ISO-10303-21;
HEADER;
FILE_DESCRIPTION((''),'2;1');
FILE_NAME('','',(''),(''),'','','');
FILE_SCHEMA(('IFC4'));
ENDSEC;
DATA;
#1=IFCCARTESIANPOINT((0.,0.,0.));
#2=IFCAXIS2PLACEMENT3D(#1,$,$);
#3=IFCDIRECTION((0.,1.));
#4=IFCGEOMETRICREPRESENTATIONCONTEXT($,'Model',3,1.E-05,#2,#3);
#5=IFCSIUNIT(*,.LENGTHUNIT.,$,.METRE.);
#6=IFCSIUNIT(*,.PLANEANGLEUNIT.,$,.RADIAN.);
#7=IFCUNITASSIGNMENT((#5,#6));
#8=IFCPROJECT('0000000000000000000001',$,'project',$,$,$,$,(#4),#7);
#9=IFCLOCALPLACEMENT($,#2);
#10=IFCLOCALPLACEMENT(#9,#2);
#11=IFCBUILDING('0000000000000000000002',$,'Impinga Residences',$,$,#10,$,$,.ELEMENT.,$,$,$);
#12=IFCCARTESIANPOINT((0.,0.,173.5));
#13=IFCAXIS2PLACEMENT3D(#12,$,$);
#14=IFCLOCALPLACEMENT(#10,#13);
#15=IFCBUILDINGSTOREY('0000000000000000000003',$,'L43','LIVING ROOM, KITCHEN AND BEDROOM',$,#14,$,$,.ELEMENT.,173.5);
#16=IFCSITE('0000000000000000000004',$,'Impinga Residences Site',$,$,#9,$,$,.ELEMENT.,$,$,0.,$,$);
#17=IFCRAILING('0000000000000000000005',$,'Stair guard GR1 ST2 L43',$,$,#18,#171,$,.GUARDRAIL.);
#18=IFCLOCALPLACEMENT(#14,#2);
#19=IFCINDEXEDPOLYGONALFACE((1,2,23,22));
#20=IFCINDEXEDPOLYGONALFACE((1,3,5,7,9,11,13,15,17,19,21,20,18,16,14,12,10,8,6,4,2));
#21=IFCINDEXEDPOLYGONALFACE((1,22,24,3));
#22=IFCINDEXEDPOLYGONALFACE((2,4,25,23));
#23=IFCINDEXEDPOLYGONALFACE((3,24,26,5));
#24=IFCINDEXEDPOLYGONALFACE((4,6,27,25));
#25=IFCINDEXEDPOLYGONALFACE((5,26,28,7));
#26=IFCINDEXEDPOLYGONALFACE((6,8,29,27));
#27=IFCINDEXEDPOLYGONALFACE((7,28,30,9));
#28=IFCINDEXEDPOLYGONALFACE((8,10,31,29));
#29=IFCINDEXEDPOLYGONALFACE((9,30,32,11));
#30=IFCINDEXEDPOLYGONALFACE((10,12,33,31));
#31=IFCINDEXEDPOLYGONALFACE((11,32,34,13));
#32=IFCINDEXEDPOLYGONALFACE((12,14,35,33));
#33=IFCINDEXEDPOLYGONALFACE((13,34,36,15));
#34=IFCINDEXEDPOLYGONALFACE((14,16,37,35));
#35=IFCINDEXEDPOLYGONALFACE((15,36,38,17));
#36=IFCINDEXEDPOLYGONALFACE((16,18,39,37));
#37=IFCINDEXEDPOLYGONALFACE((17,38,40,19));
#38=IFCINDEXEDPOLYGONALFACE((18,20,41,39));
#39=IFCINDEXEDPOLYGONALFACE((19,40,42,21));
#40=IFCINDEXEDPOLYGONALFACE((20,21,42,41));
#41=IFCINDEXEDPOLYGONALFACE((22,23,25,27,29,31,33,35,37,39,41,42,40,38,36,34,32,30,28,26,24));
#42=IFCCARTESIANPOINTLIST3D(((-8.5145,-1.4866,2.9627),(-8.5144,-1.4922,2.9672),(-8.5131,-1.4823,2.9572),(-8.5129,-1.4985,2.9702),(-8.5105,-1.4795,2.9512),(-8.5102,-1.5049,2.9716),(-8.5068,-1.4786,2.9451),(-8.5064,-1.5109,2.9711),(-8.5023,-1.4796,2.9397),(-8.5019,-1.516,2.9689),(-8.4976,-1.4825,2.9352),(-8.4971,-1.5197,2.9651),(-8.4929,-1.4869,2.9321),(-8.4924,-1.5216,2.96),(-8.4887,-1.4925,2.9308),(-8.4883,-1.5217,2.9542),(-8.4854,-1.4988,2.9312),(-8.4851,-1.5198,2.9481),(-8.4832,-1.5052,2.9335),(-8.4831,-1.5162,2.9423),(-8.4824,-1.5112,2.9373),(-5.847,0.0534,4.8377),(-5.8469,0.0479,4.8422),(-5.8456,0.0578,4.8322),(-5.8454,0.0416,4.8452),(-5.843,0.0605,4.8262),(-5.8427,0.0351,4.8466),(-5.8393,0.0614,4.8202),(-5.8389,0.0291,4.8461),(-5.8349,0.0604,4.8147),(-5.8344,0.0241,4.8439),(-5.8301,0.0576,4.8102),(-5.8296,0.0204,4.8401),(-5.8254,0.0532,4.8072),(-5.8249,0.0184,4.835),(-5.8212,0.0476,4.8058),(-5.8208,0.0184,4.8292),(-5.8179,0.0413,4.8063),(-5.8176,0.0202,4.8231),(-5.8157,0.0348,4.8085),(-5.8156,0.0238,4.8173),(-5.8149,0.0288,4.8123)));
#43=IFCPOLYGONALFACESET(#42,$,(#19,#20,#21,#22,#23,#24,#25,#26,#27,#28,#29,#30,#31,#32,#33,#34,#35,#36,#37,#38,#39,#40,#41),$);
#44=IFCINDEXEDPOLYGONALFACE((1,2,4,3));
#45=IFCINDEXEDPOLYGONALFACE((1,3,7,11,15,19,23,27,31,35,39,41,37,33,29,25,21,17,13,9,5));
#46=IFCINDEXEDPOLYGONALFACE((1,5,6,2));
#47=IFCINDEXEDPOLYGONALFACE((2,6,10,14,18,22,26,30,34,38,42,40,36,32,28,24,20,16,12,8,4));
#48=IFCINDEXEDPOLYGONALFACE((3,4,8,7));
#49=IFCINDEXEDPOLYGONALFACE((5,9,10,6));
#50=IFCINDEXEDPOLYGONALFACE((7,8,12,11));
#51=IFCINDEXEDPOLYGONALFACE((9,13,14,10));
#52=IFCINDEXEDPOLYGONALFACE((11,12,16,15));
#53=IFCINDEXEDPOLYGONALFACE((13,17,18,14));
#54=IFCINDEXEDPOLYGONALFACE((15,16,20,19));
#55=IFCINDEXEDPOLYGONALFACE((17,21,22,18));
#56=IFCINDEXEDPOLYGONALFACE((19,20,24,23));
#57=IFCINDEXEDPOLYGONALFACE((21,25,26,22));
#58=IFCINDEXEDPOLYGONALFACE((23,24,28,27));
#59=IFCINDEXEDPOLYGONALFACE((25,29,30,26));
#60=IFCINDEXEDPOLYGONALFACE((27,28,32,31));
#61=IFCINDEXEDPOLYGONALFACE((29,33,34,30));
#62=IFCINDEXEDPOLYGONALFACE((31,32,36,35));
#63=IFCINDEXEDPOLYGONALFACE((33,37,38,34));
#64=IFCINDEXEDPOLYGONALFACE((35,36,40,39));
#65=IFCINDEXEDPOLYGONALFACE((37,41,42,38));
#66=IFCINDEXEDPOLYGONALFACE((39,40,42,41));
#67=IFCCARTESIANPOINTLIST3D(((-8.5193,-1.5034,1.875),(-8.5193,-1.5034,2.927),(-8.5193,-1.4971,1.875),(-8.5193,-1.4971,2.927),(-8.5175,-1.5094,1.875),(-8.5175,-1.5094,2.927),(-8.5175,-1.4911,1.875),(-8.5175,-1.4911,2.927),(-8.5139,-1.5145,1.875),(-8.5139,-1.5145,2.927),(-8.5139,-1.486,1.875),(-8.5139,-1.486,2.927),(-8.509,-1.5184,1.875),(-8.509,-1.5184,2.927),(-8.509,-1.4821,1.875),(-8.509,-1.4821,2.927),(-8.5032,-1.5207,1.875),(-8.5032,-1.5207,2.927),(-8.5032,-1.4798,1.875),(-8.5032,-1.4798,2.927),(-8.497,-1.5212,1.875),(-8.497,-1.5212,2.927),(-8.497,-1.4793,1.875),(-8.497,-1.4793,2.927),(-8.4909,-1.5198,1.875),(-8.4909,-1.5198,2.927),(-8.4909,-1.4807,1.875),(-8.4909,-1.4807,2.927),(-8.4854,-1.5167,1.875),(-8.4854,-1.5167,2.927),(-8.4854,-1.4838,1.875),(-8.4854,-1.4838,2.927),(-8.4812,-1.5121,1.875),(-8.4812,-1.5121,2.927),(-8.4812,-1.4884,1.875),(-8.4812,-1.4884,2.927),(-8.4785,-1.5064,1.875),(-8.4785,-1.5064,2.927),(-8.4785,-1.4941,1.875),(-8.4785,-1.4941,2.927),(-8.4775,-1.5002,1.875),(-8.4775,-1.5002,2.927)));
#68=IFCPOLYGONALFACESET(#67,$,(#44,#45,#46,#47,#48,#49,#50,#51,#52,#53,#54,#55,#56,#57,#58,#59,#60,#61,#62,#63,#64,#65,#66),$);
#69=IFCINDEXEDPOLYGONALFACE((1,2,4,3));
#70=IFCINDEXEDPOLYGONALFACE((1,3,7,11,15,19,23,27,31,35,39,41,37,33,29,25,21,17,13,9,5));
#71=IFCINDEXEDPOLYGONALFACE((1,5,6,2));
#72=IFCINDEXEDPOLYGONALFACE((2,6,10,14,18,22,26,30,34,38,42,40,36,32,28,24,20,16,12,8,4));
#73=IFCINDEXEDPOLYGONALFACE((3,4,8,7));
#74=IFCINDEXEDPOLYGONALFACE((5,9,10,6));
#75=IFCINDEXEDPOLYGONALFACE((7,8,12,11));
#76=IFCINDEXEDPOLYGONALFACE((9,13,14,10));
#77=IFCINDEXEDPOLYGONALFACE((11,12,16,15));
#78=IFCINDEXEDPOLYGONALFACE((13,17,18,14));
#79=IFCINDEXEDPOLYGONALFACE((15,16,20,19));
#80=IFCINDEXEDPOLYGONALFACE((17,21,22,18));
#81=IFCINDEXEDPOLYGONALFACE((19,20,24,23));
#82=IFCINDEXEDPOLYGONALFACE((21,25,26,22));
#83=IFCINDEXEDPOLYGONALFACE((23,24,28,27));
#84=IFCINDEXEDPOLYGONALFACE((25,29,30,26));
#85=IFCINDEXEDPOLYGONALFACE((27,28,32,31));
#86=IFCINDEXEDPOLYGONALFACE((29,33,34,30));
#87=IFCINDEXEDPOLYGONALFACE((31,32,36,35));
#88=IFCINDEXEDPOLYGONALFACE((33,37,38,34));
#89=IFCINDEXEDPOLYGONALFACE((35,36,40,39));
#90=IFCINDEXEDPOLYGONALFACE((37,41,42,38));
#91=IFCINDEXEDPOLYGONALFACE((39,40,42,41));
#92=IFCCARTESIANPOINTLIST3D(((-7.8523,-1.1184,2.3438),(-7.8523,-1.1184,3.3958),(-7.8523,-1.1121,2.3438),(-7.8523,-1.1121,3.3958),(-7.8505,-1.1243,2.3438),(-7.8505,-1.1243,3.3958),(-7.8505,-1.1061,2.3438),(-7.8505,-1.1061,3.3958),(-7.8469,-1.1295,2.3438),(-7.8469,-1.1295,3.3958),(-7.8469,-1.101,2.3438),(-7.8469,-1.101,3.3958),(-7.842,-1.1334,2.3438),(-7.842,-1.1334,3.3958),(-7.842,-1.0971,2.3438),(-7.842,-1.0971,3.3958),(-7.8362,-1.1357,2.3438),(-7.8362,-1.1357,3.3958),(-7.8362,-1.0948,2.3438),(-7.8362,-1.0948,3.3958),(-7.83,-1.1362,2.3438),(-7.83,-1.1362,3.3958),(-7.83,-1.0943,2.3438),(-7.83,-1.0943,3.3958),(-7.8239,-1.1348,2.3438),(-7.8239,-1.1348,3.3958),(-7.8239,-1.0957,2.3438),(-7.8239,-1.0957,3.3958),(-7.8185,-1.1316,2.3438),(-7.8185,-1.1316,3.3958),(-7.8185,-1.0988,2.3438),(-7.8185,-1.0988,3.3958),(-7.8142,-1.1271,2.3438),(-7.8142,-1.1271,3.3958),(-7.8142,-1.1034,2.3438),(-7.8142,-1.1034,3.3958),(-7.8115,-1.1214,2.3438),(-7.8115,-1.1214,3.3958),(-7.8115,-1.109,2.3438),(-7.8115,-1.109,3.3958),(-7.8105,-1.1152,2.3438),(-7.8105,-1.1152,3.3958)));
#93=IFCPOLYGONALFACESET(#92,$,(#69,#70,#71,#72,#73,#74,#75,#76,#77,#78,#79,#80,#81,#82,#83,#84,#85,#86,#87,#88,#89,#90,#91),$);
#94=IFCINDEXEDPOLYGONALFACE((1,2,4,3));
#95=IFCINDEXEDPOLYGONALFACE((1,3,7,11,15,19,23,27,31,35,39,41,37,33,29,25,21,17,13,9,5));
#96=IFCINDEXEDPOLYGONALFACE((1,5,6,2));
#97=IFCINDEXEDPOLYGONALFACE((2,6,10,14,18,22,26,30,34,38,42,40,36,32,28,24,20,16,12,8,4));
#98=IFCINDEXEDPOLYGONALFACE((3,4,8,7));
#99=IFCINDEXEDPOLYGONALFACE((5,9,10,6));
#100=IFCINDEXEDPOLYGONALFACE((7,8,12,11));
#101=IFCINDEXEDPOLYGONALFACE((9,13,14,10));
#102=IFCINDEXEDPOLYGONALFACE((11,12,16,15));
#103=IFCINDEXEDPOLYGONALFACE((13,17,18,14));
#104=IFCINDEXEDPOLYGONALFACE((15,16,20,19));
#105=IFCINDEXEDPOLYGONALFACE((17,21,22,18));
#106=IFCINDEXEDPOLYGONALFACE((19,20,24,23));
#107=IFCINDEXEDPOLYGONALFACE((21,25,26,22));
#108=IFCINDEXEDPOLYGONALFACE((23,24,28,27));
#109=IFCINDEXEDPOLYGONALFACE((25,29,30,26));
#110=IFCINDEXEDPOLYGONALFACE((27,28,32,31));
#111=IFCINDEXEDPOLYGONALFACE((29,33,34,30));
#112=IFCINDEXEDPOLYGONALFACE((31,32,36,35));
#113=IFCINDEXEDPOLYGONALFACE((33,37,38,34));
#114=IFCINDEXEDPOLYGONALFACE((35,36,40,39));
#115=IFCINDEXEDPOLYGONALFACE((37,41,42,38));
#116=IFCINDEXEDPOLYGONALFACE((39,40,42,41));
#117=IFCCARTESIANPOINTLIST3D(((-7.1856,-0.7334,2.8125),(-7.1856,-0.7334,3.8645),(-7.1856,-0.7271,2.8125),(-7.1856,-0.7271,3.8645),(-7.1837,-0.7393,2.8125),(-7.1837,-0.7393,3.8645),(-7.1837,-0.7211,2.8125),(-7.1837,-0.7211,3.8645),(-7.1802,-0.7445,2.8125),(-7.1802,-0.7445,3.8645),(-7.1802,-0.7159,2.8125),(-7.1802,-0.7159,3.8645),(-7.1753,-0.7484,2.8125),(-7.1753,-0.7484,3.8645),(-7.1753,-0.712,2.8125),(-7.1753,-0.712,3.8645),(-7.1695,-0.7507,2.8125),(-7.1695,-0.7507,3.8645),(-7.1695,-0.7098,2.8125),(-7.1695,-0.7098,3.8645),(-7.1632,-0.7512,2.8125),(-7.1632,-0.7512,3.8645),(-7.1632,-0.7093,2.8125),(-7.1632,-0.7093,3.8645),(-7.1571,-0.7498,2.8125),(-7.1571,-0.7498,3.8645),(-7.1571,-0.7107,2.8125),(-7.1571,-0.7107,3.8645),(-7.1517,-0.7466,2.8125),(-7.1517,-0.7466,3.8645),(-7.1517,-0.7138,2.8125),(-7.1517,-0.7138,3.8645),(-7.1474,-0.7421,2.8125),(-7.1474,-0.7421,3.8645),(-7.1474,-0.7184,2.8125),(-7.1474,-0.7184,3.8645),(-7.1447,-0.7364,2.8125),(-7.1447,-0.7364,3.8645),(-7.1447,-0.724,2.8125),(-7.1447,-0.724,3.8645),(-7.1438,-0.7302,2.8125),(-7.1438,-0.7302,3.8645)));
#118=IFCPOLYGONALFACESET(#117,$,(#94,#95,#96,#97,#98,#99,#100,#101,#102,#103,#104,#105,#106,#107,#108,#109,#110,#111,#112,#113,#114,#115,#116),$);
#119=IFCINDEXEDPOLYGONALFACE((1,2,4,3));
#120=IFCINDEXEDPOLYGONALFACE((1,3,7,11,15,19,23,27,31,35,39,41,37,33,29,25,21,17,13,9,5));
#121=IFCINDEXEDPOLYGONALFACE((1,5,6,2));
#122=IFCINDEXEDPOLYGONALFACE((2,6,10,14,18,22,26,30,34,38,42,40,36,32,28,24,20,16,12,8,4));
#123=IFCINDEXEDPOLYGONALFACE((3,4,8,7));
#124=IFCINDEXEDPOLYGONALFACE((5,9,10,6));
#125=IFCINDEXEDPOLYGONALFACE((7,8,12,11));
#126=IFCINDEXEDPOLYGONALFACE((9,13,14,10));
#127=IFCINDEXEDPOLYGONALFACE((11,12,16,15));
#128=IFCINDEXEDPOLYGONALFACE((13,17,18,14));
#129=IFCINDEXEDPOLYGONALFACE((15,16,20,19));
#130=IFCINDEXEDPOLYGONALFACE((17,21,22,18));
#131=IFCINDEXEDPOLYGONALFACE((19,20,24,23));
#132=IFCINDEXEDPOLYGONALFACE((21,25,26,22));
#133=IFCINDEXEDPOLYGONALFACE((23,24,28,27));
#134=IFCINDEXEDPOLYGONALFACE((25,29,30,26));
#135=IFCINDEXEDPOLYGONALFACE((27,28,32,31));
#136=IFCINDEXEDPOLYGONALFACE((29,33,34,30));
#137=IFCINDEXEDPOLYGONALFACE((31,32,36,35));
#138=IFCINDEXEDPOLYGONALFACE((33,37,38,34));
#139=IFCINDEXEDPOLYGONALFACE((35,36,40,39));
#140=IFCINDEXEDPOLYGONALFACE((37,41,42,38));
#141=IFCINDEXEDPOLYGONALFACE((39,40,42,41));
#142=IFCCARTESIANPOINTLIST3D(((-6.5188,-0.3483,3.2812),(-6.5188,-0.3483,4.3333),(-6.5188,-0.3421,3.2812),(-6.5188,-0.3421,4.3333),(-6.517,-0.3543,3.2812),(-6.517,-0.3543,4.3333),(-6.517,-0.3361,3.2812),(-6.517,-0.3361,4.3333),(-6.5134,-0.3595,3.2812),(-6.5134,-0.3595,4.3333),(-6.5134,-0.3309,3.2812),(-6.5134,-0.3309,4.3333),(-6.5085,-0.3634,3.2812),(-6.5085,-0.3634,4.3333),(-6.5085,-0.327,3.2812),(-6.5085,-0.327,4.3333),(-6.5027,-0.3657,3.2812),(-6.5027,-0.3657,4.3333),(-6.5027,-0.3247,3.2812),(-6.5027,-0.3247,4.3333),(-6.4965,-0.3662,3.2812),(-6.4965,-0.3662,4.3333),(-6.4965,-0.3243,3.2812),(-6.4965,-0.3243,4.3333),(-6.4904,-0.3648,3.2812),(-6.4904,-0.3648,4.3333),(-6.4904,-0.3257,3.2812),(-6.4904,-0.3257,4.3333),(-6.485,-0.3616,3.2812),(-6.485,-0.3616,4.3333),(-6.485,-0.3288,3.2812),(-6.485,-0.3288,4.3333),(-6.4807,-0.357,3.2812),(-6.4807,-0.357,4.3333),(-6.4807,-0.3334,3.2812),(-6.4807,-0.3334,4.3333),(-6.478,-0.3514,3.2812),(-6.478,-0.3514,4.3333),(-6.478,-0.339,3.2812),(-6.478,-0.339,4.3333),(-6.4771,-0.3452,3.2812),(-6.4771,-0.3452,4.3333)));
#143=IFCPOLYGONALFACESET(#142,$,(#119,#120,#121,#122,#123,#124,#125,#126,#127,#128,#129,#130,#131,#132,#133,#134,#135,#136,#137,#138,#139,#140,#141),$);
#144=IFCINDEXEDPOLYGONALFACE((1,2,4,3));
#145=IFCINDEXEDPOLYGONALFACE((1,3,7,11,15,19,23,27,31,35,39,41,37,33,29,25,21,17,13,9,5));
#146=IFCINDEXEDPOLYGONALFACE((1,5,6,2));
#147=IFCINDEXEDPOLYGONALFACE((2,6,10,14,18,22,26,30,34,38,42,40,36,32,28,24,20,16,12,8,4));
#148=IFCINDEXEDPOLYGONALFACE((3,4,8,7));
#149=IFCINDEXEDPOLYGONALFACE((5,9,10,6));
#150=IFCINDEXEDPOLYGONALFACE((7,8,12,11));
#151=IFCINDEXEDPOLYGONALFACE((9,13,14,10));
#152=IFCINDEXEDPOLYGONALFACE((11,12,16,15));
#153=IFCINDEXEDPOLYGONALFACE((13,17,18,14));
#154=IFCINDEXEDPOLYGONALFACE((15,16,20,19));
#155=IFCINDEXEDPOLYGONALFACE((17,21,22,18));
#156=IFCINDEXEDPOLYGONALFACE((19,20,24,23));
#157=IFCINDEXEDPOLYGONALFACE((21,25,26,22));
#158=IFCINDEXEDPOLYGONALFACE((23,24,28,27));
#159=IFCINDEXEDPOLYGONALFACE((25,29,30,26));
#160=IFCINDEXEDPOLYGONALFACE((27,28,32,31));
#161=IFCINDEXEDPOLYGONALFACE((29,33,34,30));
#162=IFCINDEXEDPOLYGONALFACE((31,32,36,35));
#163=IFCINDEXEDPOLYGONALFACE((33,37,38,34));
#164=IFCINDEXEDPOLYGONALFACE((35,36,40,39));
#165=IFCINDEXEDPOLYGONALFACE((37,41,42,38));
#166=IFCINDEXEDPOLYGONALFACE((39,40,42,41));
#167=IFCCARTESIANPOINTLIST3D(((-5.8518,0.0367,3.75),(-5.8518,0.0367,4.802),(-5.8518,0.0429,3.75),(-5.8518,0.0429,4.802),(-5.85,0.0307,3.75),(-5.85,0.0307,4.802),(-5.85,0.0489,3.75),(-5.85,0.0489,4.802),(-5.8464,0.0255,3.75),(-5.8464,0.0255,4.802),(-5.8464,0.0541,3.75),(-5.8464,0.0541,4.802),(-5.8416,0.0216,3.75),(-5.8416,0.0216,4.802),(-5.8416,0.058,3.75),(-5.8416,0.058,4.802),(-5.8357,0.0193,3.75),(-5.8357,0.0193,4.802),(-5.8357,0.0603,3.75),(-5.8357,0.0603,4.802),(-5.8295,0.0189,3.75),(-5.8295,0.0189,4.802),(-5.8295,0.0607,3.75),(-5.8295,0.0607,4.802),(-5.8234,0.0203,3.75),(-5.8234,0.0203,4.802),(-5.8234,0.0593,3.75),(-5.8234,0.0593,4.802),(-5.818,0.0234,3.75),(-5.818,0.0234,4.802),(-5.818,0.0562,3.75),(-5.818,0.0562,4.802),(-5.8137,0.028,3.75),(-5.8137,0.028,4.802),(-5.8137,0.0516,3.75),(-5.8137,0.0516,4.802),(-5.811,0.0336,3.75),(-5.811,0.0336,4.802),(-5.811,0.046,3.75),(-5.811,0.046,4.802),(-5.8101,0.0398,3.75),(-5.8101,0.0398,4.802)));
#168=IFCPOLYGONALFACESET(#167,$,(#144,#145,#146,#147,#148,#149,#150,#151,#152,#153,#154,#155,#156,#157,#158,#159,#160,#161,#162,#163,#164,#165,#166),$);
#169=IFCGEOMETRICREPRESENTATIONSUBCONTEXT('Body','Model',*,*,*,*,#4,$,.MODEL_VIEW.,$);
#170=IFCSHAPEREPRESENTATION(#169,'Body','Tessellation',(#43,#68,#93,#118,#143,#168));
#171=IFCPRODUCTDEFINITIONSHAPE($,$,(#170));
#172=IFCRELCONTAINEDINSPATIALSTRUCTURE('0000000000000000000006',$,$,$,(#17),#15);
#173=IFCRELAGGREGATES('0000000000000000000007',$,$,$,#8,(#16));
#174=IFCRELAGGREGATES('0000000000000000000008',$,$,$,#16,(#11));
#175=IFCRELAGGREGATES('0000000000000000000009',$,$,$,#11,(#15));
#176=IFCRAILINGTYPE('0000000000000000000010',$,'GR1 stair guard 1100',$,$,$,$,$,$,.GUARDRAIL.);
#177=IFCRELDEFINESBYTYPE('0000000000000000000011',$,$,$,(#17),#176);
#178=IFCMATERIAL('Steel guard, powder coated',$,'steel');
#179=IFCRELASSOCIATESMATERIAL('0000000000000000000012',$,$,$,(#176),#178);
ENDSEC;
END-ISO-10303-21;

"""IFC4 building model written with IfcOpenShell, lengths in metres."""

from ifc_helpers import new_model, si_unit, direction, frame, origin, origin_2d, place, context, subcontext, project, spatial, circle, extrude, material, type_object, element, save


model = new_model("IFC4")

# Units and contexts
model_context = context("Model", 3, precision=1e-05, world=origin(), true_north=direction((0.0, 1.0)))
body_context = subcontext(model_context, "Body", "Model", "MODEL_VIEW")
ifc_project = project(units=[si_unit("LENGTHUNIT", "METRE"), si_unit("PLANEANGLEUNIT", "RADIAN")], contexts=[model_context])

# Site, building, storey
site_placement = place(None, origin())
site = spatial("IfcSite", under=ifc_project, at=site_placement, Name="Impinga Residences Site", CompositionType="ELEMENT", RefElevation=0.0)
building_placement = place(site_placement, origin())
building = spatial("IfcBuilding", under=site, at=building_placement, Name="Impinga Residences", CompositionType="ELEMENT")
storey_placement = place(building_placement, frame((0.0, 0.0, 173.5)))
storey = spatial("IfcBuildingStorey", under=building, at=storey_placement, Name="L43", Description="LIVING ROOM, KITCHEN AND BEDROOM", CompositionType="ELEMENT", Elevation=173.5)

# Railing
ifc_material_1 = material(Name="Steel guard, powder coated", Category="steel")
railing_type_1 = type_object("IfcRailingType", Name="GR1 stair guard 1100", PredefinedType="GUARDRAIL", material=ifc_material_1)
railing_1_placement = place(storey_placement, frame((-8.4985, -1.5002, 1.875)))
element("IfcRailing", 1, at=railing_1_placement, inside=storey, type_object=railing_type_1, Name="Stair guard GR1 ST2 L43", PredefinedType="GUARDRAIL", context=body_context, shape_type="SweptSolid", body=[
    extrude(circle(Radius=0.0239, at=origin_2d()), frame((0.0, 0.0, 1.0762), z_axis=(0.739746, 0.427084, 0.519975), x_axis=(-0.499992, 0.86603, 0.0)), (0.0, 0.0, 1.0), 3.606),
    extrude(circle(Radius=0.021, at=origin_2d()), origin(), (0.0, 0.0, 1.0), 1.052),
    extrude(circle(Radius=0.021, at=origin_2d()), frame((0.667, 0.385, 0.4688)), (0.0, 0.0, 1.0), 1.052),
    extrude(circle(Radius=0.021, at=origin_2d()), frame((1.3337, 0.77, 0.9375)), (0.0, 0.0, 1.0), 1.052),
    extrude(circle(Radius=0.021, at=origin_2d()), frame((2.0005, 1.155, 1.4062)), (0.0, 0.0, 1.0), 1.052),
    extrude(circle(Radius=0.021, at=origin_2d()), frame((2.6675, 1.54, 1.875)), (0.0, 0.0, 1.0), 1.052),
])

save(model, "model.ifc")
